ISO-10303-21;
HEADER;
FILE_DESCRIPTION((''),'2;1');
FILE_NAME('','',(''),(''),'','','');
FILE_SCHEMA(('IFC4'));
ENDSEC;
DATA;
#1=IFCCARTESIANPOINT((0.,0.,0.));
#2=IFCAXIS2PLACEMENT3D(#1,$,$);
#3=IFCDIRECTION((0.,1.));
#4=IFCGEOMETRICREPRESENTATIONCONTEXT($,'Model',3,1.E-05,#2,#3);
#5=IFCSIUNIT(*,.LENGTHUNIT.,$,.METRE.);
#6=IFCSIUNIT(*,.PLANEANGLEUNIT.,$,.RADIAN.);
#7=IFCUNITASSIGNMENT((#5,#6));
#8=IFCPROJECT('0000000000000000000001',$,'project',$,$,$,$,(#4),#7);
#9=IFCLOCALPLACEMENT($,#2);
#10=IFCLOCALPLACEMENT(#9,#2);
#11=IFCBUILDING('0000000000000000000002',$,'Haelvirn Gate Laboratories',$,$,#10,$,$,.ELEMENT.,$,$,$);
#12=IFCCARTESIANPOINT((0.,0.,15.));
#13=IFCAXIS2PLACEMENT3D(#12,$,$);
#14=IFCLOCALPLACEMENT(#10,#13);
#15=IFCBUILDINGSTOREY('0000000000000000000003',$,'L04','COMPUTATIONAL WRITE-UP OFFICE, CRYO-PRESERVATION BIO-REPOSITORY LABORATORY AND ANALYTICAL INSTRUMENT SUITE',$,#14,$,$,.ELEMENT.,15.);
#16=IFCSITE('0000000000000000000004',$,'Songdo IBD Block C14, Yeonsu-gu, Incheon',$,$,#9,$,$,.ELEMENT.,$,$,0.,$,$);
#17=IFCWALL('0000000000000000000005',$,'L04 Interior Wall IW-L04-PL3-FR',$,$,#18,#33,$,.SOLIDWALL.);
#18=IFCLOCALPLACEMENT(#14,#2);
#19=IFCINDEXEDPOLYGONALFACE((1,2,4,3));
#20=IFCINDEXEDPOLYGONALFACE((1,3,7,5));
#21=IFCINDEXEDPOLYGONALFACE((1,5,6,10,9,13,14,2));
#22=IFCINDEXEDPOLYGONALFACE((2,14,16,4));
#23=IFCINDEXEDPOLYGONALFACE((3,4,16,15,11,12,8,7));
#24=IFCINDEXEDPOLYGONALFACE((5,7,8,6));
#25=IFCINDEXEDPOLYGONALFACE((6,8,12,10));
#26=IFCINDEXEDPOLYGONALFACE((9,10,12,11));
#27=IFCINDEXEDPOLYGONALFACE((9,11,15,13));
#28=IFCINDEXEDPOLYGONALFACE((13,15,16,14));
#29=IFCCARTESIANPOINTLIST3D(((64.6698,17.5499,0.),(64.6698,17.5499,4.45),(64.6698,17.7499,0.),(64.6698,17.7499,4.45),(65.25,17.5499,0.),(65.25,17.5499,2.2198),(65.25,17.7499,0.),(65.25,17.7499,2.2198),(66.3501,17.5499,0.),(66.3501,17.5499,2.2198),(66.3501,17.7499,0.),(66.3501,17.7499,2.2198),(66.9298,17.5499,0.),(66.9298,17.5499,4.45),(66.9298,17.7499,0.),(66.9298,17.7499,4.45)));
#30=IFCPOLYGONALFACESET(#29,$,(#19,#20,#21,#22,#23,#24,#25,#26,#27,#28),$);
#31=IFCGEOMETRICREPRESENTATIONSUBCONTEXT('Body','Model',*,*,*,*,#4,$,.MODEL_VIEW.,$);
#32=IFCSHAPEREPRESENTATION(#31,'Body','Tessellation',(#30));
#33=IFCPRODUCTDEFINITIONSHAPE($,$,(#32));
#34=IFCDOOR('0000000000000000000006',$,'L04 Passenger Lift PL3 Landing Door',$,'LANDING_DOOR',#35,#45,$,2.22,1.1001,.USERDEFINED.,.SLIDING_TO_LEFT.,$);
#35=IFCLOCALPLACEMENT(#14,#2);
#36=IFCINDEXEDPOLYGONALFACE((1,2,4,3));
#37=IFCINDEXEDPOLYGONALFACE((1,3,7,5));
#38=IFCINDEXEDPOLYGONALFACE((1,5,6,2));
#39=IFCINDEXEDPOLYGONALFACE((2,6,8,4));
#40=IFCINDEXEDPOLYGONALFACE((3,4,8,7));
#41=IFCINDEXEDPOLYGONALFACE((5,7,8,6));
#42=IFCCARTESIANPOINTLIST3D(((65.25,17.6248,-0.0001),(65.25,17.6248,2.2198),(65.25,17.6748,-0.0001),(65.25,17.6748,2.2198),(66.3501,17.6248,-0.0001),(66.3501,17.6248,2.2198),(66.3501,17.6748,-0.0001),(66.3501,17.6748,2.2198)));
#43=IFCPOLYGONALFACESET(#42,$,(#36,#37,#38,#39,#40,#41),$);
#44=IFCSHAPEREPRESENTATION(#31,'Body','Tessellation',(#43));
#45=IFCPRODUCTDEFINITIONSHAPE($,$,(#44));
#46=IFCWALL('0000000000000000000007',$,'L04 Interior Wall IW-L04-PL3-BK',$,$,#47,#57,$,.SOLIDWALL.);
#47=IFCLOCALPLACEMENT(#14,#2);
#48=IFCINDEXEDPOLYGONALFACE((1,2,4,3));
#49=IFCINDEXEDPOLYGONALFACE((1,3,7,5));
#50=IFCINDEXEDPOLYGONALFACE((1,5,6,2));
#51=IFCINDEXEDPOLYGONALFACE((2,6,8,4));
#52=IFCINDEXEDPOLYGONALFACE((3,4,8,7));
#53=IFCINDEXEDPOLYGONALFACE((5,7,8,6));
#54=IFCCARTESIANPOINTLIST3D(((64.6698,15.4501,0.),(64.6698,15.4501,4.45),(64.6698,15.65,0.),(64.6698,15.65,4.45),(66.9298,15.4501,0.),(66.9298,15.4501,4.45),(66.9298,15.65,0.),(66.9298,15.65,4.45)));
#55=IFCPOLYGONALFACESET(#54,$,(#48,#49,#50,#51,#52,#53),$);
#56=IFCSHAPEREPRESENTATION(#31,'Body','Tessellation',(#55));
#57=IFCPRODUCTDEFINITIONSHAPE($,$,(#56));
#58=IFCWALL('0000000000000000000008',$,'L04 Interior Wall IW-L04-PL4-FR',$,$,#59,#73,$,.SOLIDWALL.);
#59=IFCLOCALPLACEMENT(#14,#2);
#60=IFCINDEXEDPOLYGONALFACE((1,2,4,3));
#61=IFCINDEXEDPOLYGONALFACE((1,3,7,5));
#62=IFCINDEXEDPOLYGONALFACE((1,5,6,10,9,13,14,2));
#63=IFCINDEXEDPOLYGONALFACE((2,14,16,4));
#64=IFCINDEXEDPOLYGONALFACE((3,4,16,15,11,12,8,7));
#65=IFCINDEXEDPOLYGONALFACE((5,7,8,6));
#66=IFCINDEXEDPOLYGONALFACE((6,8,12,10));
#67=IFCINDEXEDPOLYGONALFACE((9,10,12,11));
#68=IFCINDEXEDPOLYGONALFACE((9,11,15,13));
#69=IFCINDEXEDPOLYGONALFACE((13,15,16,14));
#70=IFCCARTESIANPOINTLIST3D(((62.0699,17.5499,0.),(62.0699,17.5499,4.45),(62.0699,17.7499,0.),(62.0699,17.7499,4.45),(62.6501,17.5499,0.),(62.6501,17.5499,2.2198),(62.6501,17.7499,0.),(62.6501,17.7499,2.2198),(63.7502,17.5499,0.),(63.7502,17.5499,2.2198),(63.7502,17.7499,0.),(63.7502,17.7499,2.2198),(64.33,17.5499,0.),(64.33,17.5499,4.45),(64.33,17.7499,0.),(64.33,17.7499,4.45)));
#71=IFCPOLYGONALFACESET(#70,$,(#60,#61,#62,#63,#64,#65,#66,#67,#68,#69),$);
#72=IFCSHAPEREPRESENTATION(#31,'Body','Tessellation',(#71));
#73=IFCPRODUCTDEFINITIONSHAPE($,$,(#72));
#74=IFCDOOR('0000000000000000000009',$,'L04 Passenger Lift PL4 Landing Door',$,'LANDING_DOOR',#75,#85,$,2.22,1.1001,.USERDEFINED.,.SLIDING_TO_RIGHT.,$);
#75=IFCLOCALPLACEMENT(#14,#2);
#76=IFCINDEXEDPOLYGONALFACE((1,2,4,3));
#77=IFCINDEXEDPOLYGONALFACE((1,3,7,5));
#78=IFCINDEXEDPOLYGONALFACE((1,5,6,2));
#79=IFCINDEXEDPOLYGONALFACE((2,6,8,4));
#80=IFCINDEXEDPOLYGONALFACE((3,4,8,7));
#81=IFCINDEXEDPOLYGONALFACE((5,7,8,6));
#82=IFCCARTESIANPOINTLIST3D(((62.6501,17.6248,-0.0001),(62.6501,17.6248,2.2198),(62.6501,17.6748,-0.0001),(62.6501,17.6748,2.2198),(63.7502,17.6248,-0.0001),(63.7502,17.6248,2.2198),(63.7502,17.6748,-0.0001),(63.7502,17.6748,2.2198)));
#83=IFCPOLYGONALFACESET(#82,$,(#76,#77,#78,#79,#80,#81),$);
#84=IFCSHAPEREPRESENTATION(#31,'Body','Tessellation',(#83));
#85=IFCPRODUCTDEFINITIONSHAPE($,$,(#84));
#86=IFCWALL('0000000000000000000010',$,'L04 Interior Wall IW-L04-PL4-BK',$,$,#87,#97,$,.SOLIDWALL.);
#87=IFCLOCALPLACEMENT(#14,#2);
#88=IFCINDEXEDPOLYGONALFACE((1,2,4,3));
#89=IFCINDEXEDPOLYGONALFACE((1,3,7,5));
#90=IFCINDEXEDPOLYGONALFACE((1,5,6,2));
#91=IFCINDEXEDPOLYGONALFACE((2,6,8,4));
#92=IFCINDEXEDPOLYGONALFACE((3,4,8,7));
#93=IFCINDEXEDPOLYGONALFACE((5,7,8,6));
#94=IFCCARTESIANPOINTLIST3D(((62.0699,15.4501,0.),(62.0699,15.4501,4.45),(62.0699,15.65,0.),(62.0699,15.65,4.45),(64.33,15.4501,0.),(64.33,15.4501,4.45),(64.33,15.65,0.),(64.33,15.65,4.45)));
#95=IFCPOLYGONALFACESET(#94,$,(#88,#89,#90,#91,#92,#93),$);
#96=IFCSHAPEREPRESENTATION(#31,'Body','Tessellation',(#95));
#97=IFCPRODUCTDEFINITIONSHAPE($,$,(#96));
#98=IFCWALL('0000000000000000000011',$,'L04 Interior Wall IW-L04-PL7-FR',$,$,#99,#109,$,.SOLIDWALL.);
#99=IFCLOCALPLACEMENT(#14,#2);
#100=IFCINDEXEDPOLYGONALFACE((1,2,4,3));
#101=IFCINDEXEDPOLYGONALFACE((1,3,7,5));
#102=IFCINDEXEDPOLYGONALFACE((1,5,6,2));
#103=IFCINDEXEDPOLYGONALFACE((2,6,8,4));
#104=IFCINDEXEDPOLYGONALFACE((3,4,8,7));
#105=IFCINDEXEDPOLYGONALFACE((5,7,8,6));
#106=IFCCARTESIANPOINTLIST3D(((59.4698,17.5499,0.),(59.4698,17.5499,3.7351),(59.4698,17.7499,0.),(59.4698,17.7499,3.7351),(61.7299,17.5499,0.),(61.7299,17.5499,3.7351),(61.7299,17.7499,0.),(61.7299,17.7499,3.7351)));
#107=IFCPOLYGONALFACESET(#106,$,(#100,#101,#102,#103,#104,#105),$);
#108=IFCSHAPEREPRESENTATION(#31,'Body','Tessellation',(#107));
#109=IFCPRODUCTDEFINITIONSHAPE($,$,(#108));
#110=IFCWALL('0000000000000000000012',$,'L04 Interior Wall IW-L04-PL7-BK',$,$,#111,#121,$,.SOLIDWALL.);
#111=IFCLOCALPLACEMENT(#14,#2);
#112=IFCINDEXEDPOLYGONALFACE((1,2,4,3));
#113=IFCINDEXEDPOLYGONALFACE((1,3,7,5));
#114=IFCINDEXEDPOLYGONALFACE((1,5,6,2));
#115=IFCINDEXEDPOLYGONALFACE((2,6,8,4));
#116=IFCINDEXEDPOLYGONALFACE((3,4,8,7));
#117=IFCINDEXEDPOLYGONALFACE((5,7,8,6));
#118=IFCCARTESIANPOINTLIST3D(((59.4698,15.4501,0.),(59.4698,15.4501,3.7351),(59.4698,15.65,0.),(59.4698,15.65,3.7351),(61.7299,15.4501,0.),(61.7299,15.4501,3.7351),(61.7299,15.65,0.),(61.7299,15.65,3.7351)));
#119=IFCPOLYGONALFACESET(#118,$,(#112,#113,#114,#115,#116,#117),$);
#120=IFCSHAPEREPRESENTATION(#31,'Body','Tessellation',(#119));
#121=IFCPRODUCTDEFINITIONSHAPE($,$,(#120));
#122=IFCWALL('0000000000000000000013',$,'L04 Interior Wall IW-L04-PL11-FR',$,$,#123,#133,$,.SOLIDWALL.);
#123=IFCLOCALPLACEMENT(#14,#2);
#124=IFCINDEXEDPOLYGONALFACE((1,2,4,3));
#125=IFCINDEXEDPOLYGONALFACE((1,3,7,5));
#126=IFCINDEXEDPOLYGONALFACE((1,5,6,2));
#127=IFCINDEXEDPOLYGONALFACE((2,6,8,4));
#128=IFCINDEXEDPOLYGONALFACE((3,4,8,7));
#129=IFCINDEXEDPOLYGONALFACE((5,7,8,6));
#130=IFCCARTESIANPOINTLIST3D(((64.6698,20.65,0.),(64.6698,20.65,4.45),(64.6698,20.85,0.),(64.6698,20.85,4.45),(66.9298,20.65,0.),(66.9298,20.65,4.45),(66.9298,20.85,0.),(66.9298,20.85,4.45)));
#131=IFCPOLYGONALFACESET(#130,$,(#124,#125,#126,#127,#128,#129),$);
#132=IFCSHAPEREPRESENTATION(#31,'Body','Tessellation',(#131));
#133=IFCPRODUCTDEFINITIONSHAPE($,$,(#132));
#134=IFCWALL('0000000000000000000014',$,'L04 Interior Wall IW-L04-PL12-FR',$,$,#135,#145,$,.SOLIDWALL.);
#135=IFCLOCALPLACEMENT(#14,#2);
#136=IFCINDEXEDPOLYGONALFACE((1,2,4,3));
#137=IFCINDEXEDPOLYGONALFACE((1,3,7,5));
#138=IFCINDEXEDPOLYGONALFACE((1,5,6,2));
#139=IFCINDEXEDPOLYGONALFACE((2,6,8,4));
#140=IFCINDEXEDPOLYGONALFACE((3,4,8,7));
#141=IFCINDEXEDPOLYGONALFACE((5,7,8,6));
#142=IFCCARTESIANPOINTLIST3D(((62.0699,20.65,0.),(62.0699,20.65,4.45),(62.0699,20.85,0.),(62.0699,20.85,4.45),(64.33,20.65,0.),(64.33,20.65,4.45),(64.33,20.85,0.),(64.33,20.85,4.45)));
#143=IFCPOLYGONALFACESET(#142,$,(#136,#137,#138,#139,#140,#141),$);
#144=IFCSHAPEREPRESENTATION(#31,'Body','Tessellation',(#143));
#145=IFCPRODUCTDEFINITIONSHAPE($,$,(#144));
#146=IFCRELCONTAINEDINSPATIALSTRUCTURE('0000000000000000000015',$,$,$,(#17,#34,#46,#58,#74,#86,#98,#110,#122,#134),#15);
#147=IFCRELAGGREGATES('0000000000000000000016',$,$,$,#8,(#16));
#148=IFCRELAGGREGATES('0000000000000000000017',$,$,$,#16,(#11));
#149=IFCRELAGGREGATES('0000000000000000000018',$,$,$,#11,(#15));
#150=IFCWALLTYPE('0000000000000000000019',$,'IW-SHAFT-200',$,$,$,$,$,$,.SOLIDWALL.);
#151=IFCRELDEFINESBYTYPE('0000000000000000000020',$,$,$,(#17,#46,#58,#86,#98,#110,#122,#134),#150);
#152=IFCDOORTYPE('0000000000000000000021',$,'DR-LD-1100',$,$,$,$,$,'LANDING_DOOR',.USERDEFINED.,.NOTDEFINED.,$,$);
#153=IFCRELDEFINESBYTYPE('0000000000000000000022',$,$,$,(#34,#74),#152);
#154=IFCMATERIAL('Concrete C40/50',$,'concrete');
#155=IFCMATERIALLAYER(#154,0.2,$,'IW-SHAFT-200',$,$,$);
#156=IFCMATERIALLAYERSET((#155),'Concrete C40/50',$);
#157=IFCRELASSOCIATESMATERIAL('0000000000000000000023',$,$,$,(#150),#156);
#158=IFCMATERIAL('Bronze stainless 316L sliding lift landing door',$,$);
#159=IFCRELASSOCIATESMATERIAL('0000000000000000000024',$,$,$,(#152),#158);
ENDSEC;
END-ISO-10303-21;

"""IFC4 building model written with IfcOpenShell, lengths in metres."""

from ifc_helpers import new_model, si_unit, direction, frame, frame_2d, origin, place, context, subcontext, project, spatial, rectangle, extrude, source, transform, mapped, material, layer, layer_set, type_object, type_shapes, element, fill, save


model = new_model("IFC4")

# Units and contexts
model_context = context("Model", 3, precision=1e-05, world=origin(), true_north=direction((0.0, 1.0)))
body_context = subcontext(model_context, "Body", "Model", "MODEL_VIEW")
ifc_project = project(units=[si_unit("LENGTHUNIT", "METRE"), si_unit("PLANEANGLEUNIT", "RADIAN")], contexts=[model_context])

# Site, building, storey
site_placement = place(None, origin())
site = spatial("IfcSite", under=ifc_project, at=site_placement, Name="Songdo IBD Block C14, Yeonsu-gu, Incheon", CompositionType="ELEMENT", RefElevation=0.0)
building_placement = place(site_placement, origin())
building = spatial("IfcBuilding", under=site, at=building_placement, Name="Haelvirn Gate Laboratories", CompositionType="ELEMENT")
storey_placement = place(building_placement, frame((0.0, 0.0, 15.0)))
storey = spatial("IfcBuildingStorey", under=building, at=storey_placement, Name="L04", Description="COMPUTATIONAL WRITE-UP OFFICE, CRYO-PRESERVATION BIO-REPOSITORY LABORATORY AND ANALYTICAL INSTRUMENT SUITE", CompositionType="ELEMENT", Elevation=15.0)

# Shared definitions
ifc_material_1 = material(Name="Concrete C40/50", Category="concrete")

# Wall, opening, door
ifc_layer_1 = layer(ifc_material_1, 0.2, Name="IW-SHAFT-200")
ifc_layer_set_1 = layer_set([ifc_layer_1], Name="Concrete C40/50")
wall_type_1 = type_object("IfcWallType", Name="IW-SHAFT-200", PredefinedType="SOLIDWALL", material=ifc_layer_set_1)
wall_1_placement = place(storey_placement, frame((64.6699, 17.6499, 0.0), z_axis=(0.0, 0.0, 1.0), x_axis=(1.0, 0.0, 0.0)))
wall_1 = element("IfcWall", 1, at=wall_1_placement, inside=storey, type_object=wall_type_1, Name="L04 Interior Wall IW-L04-PL3-FR", PredefinedType="SOLIDWALL", context=body_context, shape_type="SweptSolid", body=[
    extrude(rectangle(XDim=2.26, YDim=0.2, at=frame_2d((1.1299, 0.0))), origin(), (0.0, 0.0, 1.0), 4.45),
])
opening_1_placement = place(wall_1_placement, frame((0.5801, 0.0, 0.0)))
opening_1 = element("IfcOpeningElement", 2, at=opening_1_placement, cuts=wall_1, PredefinedType="OPENING", context=body_context, shape_type="SweptSolid", body=[
    extrude(rectangle(XDim=1.1001, YDim=2.22, at=frame_2d((0.55, 1.1099))), frame((0.0, 0.1099, 0.0), z_axis=(0.0, -1.0, 0.0), x_axis=(1.0, 0.0, 0.0)), (0.0, 0.0, 1.0), 0.22),
])
ifc_material_2 = material(Name="Bronze stainless 316L sliding lift landing door")
door_type_1 = type_object("IfcDoorType", Name="DR-LD-1100", ElementType="LANDING_DOOR", OperationType="NOTDEFINED", PredefinedType="USERDEFINED", material=ifc_material_2)
shared_shape_1 = source(origin(), body_context, "Body", "SweptSolid", [
    extrude(rectangle(XDim=1.1001, YDim=2.22, at=frame_2d((0.55, 1.1099))), frame((0.0, 0.0249, 0.0), z_axis=(0.0, -1.0, 0.0), x_axis=(1.0, 0.0, 0.0)), (0.0, 0.0, 1.0), 0.05),
])
type_shapes(door_type_1, [shared_shape_1])
door_1_placement = place(opening_1_placement, origin())
door_1 = element("IfcDoor", 3, at=door_1_placement, inside=storey, type_object=door_type_1, Name="L04 Passenger Lift PL3 Landing Door", ObjectType="LANDING_DOOR", OperationType="SLIDING_TO_LEFT", OverallHeight=2.22, OverallWidth=1.1001, PredefinedType="USERDEFINED", context=body_context, shape_type="MappedRepresentation", body=[
    mapped(shared_shape_1, transform((0.0, 0.0, 0.0), scale=1.0)),
])
fill(opening_1, door_1)

# Wall
wall_2_placement = place(storey_placement, frame((64.6699, 15.55, 0.0), z_axis=(0.0, 0.0, 1.0), x_axis=(1.0, 0.0, 0.0)))
element("IfcWall", 4, at=wall_2_placement, inside=storey, type_object=wall_type_1, Name="L04 Interior Wall IW-L04-PL3-BK", PredefinedType="SOLIDWALL", context=body_context, shape_type="SweptSolid", body=[
    extrude(rectangle(XDim=2.26, YDim=0.2, at=frame_2d((1.1299, 0.0))), origin(), (0.0, 0.0, 1.0), 4.45),
])

# Wall, opening, door
wall_3_placement = place(storey_placement, frame((62.0701, 17.6499, 0.0), z_axis=(0.0, 0.0, 1.0), x_axis=(1.0, 0.0, 0.0)))
wall_3 = element("IfcWall", 5, at=wall_3_placement, inside=storey, type_object=wall_type_1, Name="L04 Interior Wall IW-L04-PL4-FR", PredefinedType="SOLIDWALL", context=body_context, shape_type="SweptSolid", body=[
    extrude(rectangle(XDim=2.26, YDim=0.2, at=frame_2d((1.1299, 0.0))), origin(), (0.0, 0.0, 1.0), 4.45),
])
opening_2_placement = place(wall_3_placement, frame((0.5801, 0.0, 0.0)))
opening_2 = element("IfcOpeningElement", 6, at=opening_2_placement, cuts=wall_3, PredefinedType="OPENING", context=body_context, shape_type="SweptSolid", body=[
    extrude(rectangle(XDim=1.1001, YDim=2.22, at=frame_2d((0.55, 1.1099))), frame((0.0, 0.1099, 0.0), z_axis=(0.0, -1.0, 0.0), x_axis=(1.0, 0.0, 0.0)), (0.0, 0.0, 1.0), 0.22),
])
door_2_placement = place(opening_2_placement, origin())
door_2 = element("IfcDoor", 7, at=door_2_placement, inside=storey, type_object=door_type_1, Name="L04 Passenger Lift PL4 Landing Door", ObjectType="LANDING_DOOR", OperationType="SLIDING_TO_RIGHT", OverallHeight=2.22, OverallWidth=1.1001, PredefinedType="USERDEFINED", context=body_context, shape_type="MappedRepresentation", body=[
    mapped(shared_shape_1, transform((0.0, 0.0, 0.0), scale=1.0)),
])
fill(opening_2, door_2)

# Walls
wall_4_placement = place(storey_placement, frame((62.0701, 15.55, 0.0), z_axis=(0.0, 0.0, 1.0), x_axis=(1.0, 0.0, 0.0)))
element("IfcWall", 8, at=wall_4_placement, inside=storey, type_object=wall_type_1, Name="L04 Interior Wall IW-L04-PL4-BK", PredefinedType="SOLIDWALL", context=body_context, shape_type="SweptSolid", body=[
    extrude(rectangle(XDim=2.26, YDim=0.2, at=frame_2d((1.1299, 0.0))), origin(), (0.0, 0.0, 1.0), 4.45),
])
for number, where, z_axis, x_axis, name in (
    (9, (59.47, 17.6499, 0.0), (0.0, 0.0, 1.0), (1.0, 0.0, 0.0), "L04 Interior Wall IW-L04-PL7-FR"),
    (10, (59.47, 15.55, 0.0), (0.0, 0.0, 1.0), (1.0, 0.0, 0.0), "L04 Interior Wall IW-L04-PL7-BK"),
):
    element("IfcWall", number, at=place(storey_placement, frame(where, z_axis=z_axis, x_axis=x_axis)), inside=storey, type_object=wall_type_1, Name=name, PredefinedType="SOLIDWALL", context=body_context, shape_type="SweptSolid", body=[
        extrude(rectangle(XDim=2.26, YDim=0.2, at=frame_2d((1.1299, 0.0))), origin(), (0.0, 0.0, 1.0), 3.7351),
    ])
for number, where, z_axis, x_axis, name in (
    (11, (64.6699, 20.75, 0.0), (0.0, 0.0, 1.0), (1.0, 0.0, 0.0), "L04 Interior Wall IW-L04-PL11-FR"),
    (12, (62.0701, 20.75, 0.0), (0.0, 0.0, 1.0), (1.0, 0.0, 0.0), "L04 Interior Wall IW-L04-PL12-FR"),
):
    element("IfcWall", number, at=place(storey_placement, frame(where, z_axis=z_axis, x_axis=x_axis)), inside=storey, type_object=wall_type_1, Name=name, PredefinedType="SOLIDWALL", context=body_context, shape_type="SweptSolid", body=[
        extrude(rectangle(XDim=2.26, YDim=0.2, at=frame_2d((1.1299, 0.0))), origin(), (0.0, 0.0, 1.0), 4.45),
    ])

save(model, "model.ifc")
